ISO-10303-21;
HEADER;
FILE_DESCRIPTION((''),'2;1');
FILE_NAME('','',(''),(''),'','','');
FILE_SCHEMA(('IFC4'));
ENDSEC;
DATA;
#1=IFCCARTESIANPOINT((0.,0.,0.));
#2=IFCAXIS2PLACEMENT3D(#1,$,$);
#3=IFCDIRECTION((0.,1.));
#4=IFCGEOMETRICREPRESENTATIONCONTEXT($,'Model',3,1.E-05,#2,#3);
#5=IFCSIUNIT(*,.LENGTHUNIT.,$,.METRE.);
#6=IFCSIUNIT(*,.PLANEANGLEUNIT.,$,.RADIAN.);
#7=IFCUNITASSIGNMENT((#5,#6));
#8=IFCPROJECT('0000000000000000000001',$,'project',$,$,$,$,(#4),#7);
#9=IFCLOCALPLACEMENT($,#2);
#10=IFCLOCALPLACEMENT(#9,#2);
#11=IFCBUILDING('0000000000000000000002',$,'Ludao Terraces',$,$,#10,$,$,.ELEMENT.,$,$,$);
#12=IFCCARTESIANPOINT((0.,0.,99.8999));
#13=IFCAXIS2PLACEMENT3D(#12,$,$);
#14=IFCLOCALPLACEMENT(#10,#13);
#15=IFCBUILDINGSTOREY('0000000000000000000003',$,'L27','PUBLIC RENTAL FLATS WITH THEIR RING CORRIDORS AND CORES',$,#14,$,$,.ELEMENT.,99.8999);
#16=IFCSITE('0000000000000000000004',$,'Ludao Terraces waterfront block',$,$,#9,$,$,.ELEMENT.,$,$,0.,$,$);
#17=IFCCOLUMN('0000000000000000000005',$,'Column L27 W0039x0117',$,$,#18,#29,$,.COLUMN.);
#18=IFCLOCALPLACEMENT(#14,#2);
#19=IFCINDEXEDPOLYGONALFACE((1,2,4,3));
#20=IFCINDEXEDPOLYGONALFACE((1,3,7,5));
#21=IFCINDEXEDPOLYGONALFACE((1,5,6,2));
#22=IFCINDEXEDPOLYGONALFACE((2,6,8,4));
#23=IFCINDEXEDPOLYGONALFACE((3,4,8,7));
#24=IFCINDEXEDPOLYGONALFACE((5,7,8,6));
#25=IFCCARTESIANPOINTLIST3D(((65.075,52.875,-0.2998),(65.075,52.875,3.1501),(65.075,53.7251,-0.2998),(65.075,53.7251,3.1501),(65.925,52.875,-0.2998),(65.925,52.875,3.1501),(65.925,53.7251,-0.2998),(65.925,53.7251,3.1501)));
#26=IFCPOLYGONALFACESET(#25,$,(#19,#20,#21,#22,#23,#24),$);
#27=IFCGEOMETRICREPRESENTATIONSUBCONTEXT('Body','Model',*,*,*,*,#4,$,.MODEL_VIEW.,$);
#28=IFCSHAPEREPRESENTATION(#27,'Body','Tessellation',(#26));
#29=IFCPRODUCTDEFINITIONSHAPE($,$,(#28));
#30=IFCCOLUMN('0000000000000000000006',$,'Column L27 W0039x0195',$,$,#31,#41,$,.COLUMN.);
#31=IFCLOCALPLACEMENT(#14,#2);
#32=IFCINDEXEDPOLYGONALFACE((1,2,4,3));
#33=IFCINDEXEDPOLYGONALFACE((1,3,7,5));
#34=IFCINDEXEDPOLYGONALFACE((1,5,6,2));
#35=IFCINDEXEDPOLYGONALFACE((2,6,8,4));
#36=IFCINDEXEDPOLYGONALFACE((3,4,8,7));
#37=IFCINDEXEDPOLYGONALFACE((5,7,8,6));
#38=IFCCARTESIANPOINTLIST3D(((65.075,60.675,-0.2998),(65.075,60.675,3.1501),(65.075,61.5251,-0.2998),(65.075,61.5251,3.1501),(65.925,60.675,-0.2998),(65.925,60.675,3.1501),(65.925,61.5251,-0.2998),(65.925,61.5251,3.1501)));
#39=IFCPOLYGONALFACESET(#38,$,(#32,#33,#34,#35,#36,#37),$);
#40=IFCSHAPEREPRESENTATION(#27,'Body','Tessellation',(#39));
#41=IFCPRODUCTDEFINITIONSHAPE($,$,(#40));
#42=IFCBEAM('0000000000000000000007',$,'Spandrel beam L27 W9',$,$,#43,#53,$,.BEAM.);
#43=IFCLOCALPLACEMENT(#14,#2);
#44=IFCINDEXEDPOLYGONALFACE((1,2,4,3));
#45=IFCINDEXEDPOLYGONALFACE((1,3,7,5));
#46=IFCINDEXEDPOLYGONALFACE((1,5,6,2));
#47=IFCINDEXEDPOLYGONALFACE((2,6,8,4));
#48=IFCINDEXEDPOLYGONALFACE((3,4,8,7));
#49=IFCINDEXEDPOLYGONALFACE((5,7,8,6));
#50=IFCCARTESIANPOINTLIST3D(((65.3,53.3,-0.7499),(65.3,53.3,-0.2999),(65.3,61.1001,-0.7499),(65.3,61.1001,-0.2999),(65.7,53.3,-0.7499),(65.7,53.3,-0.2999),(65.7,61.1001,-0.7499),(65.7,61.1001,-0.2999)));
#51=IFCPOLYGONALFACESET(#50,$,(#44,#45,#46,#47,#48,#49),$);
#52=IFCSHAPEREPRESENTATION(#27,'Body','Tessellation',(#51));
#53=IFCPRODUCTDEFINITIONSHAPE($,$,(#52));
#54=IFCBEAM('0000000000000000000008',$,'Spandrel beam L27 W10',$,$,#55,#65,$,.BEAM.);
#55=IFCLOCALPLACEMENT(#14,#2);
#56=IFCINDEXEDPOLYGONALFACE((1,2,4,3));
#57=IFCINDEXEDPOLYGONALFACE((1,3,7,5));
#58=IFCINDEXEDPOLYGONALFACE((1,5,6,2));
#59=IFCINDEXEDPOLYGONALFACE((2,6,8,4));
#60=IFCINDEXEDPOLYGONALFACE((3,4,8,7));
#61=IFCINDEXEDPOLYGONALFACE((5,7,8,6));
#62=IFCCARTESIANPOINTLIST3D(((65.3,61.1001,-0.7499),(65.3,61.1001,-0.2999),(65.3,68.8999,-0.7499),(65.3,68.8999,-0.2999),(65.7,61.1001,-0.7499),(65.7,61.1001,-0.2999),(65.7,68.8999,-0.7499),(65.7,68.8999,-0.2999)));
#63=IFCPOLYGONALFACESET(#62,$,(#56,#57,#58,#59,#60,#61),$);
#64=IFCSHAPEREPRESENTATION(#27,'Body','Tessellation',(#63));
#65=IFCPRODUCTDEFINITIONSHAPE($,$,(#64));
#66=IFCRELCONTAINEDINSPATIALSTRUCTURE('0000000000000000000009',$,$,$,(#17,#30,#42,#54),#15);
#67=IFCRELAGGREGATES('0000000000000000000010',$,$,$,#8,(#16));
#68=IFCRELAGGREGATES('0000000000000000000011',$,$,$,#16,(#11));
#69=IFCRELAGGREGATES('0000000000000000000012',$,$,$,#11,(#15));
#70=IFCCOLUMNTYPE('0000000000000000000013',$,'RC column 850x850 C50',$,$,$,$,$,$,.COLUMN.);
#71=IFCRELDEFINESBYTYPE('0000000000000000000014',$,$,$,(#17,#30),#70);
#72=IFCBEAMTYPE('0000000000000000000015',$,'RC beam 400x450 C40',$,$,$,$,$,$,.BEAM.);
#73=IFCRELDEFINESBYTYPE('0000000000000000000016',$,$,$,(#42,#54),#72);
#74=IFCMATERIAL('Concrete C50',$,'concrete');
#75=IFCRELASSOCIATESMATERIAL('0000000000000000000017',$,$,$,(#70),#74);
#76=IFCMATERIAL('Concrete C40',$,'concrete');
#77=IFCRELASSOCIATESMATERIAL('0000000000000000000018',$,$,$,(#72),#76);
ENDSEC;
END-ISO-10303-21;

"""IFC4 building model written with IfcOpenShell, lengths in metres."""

from ifc_helpers import new_model, si_unit, direction, frame, origin, origin_2d, place, context, subcontext, project, spatial, rectangle, extrude, material, material_profile, profile_set, type_object, element, save


model = new_model("IFC4")

# Units and contexts
model_context = context("Model", 3, precision=1e-05, world=origin(), true_north=direction((0.0, 1.0)))
body_context = subcontext(model_context, "Body", "Model", "MODEL_VIEW")
ifc_project = project(units=[si_unit("LENGTHUNIT", "METRE"), si_unit("PLANEANGLEUNIT", "RADIAN")], contexts=[model_context])

# Site, building, storey
site_placement = place(None, origin())
site = spatial("IfcSite", under=ifc_project, at=site_placement, Name="Ludao Terraces waterfront block", CompositionType="ELEMENT", RefElevation=0.0)
building_placement = place(site_placement, origin())
building = spatial("IfcBuilding", under=site, at=building_placement, Name="Ludao Terraces", CompositionType="ELEMENT")
storey_placement = place(building_placement, frame((0.0, 0.0, 99.8999)))
storey = spatial("IfcBuildingStorey", under=building, at=storey_placement, Name="L27", Description="PUBLIC RENTAL FLATS WITH THEIR RING CORRIDORS AND CORES", CompositionType="ELEMENT", Elevation=99.8999)

# Columns
ifc_material_1 = material(Name="Concrete C50", Category="concrete")
ifc_material_profile_1 = material_profile(ifc_material_1, rectangle(XDim=0.8501, YDim=0.8501, at=origin_2d()), Name="850 X 850")
ifc_profile_set_1 = profile_set([ifc_material_profile_1], Name="Concrete C50")
column_type = type_object("IfcColumnType", Name="RC column 850x850 C50", PredefinedType="COLUMN", material=ifc_profile_set_1)
for number, where, z_axis, x_axis, name in (
    (1, (65.5, 53.3, -0.2998), (0.0, 0.0, 1.0), (1.0, 0.0, 0.0), "Column L27 W0039x0117"),
    (2, (65.5, 61.1001, -0.2998), (0.0, 0.0, 1.0), (1.0, 0.0, 0.0), "Column L27 W0039x0195"),
):
    element("IfcColumn", number, at=place(storey_placement, frame(where, z_axis=z_axis, x_axis=x_axis)), inside=storey, type_object=column_type, Name=name, PredefinedType="COLUMN", context=body_context, shape_type="SweptSolid", body=[
        extrude(rectangle(XDim=0.8501, YDim=0.8501, at=origin_2d()), origin(), (0.0, 0.0, 1.0), 3.45),
    ])

# Beams
ifc_material_2 = material(Name="Concrete C40", Category="concrete")
ifc_material_profile_2 = material_profile(ifc_material_2, rectangle(XDim=0.3999, YDim=0.45, at=origin_2d()), Name="400 X 450")
ifc_profile_set_2 = profile_set([ifc_material_profile_2], Name="Concrete C40")
beam_type = type_object("IfcBeamType", Name="RC beam 400x450 C40", PredefinedType="BEAM", material=ifc_profile_set_2)
beam_1_placement = place(storey_placement, frame((65.5, 53.3, -0.5249), z_axis=(0.0, 1.0, 0.0), x_axis=(-1.0, 0.0, 0.0)))
element("IfcBeam", 3, at=beam_1_placement, inside=storey, type_object=beam_type, Name="Spandrel beam L27 W9", PredefinedType="BEAM", context=body_context, shape_type="SweptSolid", body=[
    extrude(rectangle(XDim=0.3999, YDim=0.45, at=origin_2d()), origin(), (0.0, 0.0, 1.0), 7.8),
])
beam_2_placement = place(storey_placement, frame((65.5, 61.1001, -0.5249), z_axis=(0.0, 1.0, 0.0), x_axis=(-1.0, 0.0, 0.0)))
element("IfcBeam", 4, at=beam_2_placement, inside=storey, type_object=beam_type, Name="Spandrel beam L27 W10", PredefinedType="BEAM", context=body_context, shape_type="SweptSolid", body=[
    extrude(rectangle(XDim=0.3999, YDim=0.45, at=origin_2d()), origin(), (0.0, 0.0, 1.0), 7.7998),
])

save(model, "model.ifc")
